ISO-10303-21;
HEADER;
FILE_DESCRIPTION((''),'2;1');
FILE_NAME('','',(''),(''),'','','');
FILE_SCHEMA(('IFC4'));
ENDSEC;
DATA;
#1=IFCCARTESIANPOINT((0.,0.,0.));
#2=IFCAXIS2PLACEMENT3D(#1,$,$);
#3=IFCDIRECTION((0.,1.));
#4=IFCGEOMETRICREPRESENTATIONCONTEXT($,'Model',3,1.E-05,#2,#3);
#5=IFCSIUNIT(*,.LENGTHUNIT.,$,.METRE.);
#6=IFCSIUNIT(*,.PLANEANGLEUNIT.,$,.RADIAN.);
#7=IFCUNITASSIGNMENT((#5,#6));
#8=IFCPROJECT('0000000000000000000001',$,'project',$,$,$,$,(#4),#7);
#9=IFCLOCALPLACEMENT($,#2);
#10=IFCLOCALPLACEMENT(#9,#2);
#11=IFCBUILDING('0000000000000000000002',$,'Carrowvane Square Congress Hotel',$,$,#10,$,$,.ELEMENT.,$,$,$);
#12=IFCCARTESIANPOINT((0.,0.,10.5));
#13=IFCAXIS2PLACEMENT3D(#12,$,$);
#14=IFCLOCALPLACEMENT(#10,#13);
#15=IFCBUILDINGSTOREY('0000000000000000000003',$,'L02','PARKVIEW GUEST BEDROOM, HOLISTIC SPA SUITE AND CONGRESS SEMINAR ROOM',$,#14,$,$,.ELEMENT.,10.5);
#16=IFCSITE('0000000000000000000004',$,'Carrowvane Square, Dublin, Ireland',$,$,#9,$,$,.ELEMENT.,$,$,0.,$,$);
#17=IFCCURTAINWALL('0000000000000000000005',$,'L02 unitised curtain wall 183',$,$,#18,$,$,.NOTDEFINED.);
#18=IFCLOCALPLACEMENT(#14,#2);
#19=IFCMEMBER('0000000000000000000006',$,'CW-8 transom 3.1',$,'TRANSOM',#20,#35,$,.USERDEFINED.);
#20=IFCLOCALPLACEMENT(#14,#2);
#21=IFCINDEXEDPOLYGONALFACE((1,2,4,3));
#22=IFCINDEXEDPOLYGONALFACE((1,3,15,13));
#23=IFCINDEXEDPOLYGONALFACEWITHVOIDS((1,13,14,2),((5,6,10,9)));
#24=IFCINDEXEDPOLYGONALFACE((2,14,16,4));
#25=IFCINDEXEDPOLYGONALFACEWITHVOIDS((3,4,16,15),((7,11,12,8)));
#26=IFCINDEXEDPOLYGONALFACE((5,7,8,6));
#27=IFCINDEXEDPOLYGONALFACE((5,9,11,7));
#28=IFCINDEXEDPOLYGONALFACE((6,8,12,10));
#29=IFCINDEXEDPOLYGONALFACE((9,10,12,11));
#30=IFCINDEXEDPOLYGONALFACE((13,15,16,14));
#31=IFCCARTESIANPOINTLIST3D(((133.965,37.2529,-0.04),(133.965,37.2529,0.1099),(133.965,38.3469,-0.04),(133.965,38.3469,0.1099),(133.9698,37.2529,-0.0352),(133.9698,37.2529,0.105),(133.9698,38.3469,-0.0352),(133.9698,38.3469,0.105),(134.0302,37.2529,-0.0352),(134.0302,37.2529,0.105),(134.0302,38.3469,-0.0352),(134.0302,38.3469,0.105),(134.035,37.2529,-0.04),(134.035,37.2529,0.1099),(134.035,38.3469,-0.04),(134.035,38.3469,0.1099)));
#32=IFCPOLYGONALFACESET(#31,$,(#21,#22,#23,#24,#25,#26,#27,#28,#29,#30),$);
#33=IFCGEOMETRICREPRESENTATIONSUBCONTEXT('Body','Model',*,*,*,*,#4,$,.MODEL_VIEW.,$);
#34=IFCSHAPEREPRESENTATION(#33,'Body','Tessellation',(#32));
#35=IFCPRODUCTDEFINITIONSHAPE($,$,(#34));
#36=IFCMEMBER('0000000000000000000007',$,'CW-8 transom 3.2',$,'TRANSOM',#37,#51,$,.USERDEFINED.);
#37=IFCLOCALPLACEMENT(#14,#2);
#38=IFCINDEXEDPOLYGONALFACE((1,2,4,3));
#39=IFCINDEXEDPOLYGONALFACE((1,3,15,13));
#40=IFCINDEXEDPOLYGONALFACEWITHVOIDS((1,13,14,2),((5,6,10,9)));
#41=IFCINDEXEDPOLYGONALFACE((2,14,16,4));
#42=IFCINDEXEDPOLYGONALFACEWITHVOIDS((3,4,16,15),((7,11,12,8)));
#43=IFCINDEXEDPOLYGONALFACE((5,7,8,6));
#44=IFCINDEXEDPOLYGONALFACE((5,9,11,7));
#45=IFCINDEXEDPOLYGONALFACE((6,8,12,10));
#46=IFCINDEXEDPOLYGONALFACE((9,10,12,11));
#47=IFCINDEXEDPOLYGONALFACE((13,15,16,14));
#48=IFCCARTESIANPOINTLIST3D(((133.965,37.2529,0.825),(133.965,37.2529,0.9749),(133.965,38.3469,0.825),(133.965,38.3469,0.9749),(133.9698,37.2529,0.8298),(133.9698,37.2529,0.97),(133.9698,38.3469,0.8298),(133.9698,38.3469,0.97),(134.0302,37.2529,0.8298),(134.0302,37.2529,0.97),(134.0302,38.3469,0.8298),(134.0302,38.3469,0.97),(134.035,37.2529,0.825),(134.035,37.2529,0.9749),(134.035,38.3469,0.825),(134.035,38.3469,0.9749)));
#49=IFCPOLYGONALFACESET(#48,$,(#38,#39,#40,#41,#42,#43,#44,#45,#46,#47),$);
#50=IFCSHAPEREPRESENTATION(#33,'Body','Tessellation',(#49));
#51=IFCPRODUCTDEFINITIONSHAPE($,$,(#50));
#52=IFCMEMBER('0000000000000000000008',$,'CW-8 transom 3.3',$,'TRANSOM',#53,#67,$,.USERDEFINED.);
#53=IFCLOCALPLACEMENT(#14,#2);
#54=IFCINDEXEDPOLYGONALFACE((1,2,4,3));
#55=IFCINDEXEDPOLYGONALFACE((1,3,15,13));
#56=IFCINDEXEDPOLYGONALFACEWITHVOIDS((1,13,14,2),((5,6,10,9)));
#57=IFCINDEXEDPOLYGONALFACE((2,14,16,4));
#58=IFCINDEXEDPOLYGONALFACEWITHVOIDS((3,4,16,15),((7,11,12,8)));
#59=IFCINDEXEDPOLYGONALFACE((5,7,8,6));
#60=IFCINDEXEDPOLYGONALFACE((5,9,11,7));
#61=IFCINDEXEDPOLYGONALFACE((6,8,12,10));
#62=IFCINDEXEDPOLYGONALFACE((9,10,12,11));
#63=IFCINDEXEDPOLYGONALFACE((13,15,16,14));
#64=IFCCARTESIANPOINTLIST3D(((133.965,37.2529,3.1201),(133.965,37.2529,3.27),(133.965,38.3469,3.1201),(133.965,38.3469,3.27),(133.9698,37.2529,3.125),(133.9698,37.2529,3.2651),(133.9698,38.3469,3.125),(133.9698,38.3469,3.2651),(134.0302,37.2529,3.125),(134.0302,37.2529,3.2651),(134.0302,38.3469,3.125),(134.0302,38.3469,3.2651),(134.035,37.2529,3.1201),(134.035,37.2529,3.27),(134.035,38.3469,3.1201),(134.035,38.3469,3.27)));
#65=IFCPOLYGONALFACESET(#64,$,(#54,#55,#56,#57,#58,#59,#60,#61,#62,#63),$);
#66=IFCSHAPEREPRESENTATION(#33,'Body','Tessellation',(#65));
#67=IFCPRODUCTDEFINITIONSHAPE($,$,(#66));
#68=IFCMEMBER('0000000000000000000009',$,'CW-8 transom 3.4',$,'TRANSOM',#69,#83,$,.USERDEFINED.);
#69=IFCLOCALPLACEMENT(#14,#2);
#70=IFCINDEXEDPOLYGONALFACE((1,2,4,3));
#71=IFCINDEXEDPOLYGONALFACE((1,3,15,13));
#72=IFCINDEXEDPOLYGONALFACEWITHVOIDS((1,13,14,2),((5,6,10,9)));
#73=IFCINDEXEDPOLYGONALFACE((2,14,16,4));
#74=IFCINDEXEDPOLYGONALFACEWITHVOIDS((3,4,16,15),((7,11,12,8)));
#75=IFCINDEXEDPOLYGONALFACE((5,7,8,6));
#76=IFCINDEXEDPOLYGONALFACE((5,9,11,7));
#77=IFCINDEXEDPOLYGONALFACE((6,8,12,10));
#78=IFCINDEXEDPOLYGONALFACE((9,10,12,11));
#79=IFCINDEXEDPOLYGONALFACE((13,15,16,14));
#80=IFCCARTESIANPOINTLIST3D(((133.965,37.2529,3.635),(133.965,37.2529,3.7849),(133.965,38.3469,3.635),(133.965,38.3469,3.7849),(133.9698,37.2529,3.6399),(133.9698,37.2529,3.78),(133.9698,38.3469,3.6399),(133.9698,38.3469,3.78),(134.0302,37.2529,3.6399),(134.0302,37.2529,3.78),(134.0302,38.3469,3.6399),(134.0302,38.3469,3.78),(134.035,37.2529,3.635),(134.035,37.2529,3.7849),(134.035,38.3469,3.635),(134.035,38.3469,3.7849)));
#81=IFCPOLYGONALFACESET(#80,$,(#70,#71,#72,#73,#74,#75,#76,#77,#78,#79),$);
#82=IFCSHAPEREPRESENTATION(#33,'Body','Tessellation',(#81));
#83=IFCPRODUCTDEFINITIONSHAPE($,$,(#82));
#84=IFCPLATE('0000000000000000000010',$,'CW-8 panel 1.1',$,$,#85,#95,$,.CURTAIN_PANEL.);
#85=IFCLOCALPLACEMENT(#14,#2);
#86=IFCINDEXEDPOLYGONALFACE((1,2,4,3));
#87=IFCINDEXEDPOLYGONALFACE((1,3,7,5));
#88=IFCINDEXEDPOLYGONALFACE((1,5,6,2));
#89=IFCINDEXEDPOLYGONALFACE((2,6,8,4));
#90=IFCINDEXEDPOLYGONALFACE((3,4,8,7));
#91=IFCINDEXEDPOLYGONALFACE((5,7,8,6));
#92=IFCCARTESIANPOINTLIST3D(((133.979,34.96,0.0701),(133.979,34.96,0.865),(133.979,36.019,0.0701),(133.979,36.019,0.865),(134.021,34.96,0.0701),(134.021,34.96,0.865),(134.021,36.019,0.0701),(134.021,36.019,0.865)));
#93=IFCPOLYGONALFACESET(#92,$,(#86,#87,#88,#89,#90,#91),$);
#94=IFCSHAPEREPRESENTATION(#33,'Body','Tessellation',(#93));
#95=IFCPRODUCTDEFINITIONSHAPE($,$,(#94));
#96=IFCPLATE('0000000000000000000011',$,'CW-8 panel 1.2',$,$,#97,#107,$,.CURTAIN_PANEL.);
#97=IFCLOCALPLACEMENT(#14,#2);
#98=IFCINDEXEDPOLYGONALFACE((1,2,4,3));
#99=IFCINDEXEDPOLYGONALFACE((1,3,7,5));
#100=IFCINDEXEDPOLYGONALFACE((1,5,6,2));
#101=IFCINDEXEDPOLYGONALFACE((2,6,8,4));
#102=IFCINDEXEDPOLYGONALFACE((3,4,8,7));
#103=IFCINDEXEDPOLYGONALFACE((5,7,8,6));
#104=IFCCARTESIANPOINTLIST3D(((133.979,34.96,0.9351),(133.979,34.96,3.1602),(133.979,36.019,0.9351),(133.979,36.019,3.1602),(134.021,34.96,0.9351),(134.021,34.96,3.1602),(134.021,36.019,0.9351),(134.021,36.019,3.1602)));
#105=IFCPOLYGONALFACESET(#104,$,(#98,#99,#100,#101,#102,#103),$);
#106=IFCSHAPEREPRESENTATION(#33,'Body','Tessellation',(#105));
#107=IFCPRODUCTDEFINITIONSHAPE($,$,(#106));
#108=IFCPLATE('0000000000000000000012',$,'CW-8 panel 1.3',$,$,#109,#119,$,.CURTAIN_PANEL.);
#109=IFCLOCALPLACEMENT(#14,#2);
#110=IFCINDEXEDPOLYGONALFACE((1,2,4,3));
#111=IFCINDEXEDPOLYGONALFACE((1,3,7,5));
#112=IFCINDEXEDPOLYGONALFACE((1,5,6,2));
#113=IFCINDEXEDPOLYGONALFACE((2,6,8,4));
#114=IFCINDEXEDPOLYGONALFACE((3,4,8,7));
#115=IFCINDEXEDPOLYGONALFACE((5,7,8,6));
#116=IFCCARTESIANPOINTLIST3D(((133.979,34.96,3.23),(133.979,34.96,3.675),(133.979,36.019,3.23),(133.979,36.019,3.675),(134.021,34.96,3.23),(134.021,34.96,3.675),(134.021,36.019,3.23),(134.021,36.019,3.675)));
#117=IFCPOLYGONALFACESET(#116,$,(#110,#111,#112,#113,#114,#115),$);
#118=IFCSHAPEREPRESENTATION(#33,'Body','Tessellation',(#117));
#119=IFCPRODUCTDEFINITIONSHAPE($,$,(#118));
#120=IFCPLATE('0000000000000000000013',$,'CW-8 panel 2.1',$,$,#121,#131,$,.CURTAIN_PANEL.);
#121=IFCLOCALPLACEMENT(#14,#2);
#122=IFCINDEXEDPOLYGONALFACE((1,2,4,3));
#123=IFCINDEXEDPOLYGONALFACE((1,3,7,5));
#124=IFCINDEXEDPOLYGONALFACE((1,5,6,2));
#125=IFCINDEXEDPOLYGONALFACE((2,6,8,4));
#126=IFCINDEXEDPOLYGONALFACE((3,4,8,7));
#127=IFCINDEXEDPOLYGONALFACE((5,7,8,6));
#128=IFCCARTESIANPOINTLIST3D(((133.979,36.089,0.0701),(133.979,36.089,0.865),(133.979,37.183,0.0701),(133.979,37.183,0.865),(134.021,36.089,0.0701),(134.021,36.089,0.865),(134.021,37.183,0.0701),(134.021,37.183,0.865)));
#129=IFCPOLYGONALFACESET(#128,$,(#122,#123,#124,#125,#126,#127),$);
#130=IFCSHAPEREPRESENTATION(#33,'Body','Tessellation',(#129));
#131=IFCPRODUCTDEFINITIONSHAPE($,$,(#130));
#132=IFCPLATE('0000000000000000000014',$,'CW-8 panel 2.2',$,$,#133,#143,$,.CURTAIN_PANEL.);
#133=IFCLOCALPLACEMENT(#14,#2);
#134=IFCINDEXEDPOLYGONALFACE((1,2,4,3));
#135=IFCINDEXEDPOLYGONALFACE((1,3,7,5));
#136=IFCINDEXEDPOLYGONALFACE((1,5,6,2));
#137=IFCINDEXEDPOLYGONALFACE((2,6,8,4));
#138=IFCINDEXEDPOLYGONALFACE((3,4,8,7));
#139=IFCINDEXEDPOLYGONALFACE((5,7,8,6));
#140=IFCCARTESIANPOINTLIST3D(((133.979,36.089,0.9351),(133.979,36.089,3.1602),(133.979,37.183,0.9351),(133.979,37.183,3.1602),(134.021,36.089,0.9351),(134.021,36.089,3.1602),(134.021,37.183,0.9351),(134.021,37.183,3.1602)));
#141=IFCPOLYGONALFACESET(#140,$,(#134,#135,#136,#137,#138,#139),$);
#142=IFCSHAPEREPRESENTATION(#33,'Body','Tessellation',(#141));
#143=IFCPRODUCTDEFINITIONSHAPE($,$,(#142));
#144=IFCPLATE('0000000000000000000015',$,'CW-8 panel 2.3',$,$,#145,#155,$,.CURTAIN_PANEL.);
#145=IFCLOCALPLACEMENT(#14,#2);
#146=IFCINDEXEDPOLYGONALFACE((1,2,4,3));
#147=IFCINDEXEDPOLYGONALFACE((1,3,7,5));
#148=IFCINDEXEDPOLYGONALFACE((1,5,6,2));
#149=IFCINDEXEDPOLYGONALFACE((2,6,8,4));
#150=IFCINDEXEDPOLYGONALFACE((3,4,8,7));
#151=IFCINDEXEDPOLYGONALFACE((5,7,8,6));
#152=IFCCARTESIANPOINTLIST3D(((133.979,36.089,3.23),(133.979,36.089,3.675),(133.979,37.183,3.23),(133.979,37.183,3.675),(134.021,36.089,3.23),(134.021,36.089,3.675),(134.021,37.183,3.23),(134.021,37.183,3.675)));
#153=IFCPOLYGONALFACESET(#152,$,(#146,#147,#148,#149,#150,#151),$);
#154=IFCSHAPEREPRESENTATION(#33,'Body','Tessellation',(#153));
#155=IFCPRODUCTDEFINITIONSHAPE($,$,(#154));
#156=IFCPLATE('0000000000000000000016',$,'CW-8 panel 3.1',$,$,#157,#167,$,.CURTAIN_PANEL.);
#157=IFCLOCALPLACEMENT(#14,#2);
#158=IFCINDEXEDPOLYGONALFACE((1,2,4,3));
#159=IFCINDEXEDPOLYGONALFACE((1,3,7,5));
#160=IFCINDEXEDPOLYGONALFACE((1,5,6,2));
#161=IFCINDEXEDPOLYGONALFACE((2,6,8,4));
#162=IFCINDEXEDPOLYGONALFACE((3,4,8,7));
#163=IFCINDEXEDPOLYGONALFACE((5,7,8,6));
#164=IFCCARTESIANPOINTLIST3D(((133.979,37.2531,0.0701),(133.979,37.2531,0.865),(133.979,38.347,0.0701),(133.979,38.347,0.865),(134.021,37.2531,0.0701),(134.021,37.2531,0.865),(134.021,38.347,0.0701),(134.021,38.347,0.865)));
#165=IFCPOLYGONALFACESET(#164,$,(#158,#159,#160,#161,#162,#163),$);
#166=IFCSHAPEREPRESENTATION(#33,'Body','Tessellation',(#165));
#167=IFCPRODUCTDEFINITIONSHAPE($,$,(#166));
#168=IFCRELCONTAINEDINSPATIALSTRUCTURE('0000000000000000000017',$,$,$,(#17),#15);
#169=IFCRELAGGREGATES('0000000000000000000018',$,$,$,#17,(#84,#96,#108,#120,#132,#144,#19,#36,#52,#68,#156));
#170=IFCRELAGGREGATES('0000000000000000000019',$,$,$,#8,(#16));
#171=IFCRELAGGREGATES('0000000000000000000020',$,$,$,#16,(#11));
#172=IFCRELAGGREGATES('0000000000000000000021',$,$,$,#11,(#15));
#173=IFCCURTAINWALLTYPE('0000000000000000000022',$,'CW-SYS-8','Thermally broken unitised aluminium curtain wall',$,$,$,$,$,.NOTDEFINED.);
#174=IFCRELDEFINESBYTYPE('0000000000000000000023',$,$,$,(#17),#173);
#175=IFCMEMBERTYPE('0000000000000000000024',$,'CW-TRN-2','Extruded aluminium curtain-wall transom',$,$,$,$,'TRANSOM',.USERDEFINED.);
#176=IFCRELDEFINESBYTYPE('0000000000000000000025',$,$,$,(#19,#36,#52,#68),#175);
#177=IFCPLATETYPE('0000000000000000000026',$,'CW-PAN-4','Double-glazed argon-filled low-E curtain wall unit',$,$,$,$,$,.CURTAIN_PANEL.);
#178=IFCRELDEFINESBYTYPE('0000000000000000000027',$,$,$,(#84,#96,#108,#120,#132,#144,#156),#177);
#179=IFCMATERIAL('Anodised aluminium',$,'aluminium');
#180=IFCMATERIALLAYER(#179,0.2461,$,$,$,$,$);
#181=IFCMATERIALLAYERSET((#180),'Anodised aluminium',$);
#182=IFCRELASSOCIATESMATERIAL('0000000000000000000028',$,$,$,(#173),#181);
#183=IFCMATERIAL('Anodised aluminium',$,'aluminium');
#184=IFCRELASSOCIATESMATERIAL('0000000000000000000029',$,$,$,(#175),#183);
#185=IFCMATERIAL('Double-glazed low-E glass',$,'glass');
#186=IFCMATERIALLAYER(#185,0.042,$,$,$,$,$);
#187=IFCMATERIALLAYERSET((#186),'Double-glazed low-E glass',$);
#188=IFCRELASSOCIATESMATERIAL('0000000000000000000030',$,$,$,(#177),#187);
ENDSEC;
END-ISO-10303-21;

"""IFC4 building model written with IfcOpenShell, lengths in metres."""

from ifc_helpers import new_model, si_unit, direction, frame, origin, origin_2d, place, context, subcontext, project, spatial, rectangle, hollow_rectangle, extrude, material, layer, layer_set, material_profile, profile_set, type_object, element, aggregate, save


model = new_model("IFC4")

# Units and contexts
model_context = context("Model", 3, precision=1e-05, world=origin(), true_north=direction((0.0, 1.0)))
body_context = subcontext(model_context, "Body", "Model", "MODEL_VIEW")
ifc_project = project(units=[si_unit("LENGTHUNIT", "METRE"), si_unit("PLANEANGLEUNIT", "RADIAN")], contexts=[model_context])

# Site, building, storey
site_placement = place(None, origin())
site = spatial("IfcSite", under=ifc_project, at=site_placement, Name="Carrowvane Square, Dublin, Ireland", CompositionType="ELEMENT", RefElevation=0.0)
building_placement = place(site_placement, origin())
building = spatial("IfcBuilding", under=site, at=building_placement, Name="Carrowvane Square Congress Hotel", CompositionType="ELEMENT")
storey_placement = place(building_placement, frame((0.0, 0.0, 10.5)))
storey = spatial("IfcBuildingStorey", under=building, at=storey_placement, Name="L02", Description="PARKVIEW GUEST BEDROOM, HOLISTIC SPA SUITE AND CONGRESS SEMINAR ROOM", CompositionType="ELEMENT", Elevation=10.5)

# Curtain wall, members, plates
ifc_material_1 = material(Name="Anodised aluminium", Category="aluminium")
ifc_layer_1 = layer(ifc_material_1, 0.2461)
ifc_layer_set_1 = layer_set([ifc_layer_1], Name="Anodised aluminium")
curtain_wall_type = type_object("IfcCurtainWallType", Name="CW-SYS-8", Description="Thermally broken unitised aluminium curtain wall", PredefinedType="NOTDEFINED", material=ifc_layer_set_1)
curtain_wall_placement = place(storey_placement, origin())
curtain_wall = element("IfcCurtainWall", 1, at=curtain_wall_placement, inside=storey, type_object=curtain_wall_type, Name="L02 unitised curtain wall 183", PredefinedType="NOTDEFINED")
ifc_material_2 = material(Name="Anodised aluminium", Category="aluminium")
ifc_material_profile_1 = material_profile(ifc_material_2, hollow_rectangle(XDim=0.0701, YDim=0.1499, WallThickness=0.0049, at=origin_2d()), Name="CW-TR 70x150x5")
ifc_profile_set_1 = profile_set([ifc_material_profile_1], Name="Anodised aluminium")
member_type_1 = type_object("IfcMemberType", Name="CW-TRN-2", Description="Extruded aluminium curtain-wall transom", ElementType="TRANSOM", PredefinedType="USERDEFINED", material=ifc_profile_set_1)
member_1_placement = place(storey_placement, frame((134.0, 37.2529, 0.0349), z_axis=(0.0, 1.0, 0.0), x_axis=(-1.0, 0.0, 0.0)))
member_1 = element("IfcMember", 2, at=member_1_placement, type_object=member_type_1, Name="CW-8 transom 3.1", ObjectType="TRANSOM", PredefinedType="USERDEFINED", context=body_context, shape_type="SweptSolid", body=[
    extrude(hollow_rectangle(XDim=0.0701, YDim=0.1499, WallThickness=0.0049, at=origin_2d()), origin(), (0.0, 0.0, 1.0), 1.094),
])
member_2_placement = place(storey_placement, frame((134.0, 37.2529, 0.8999), z_axis=(0.0, 1.0, 0.0), x_axis=(-1.0, 0.0, 0.0)))
member_2 = element("IfcMember", 3, at=member_2_placement, type_object=member_type_1, Name="CW-8 transom 3.2", ObjectType="TRANSOM", PredefinedType="USERDEFINED", context=body_context, shape_type="SweptSolid", body=[
    extrude(hollow_rectangle(XDim=0.0701, YDim=0.1499, WallThickness=0.0049, at=origin_2d()), origin(), (0.0, 0.0, 1.0), 1.094),
])
member_3_placement = place(storey_placement, frame((134.0, 37.2529, 3.1951), z_axis=(0.0, 1.0, 0.0), x_axis=(-1.0, 0.0, 0.0)))
member_3 = element("IfcMember", 4, at=member_3_placement, type_object=member_type_1, Name="CW-8 transom 3.3", ObjectType="TRANSOM", PredefinedType="USERDEFINED", context=body_context, shape_type="SweptSolid", body=[
    extrude(hollow_rectangle(XDim=0.0701, YDim=0.1499, WallThickness=0.0049, at=origin_2d()), origin(), (0.0, 0.0, 1.0), 1.094),
])
member_4_placement = place(storey_placement, frame((134.0, 37.2529, 3.71), z_axis=(0.0, 1.0, 0.0), x_axis=(-1.0, 0.0, 0.0)))
member_4 = element("IfcMember", 5, at=member_4_placement, type_object=member_type_1, Name="CW-8 transom 3.4", ObjectType="TRANSOM", PredefinedType="USERDEFINED", context=body_context, shape_type="SweptSolid", body=[
    extrude(hollow_rectangle(XDim=0.0701, YDim=0.1499, WallThickness=0.0049, at=origin_2d()), origin(), (0.0, 0.0, 1.0), 1.094),
])
ifc_material_3 = material(Name="Double-glazed low-E glass", Category="glass")
ifc_layer_2 = layer(ifc_material_3, 0.042)
ifc_layer_set_2 = layer_set([ifc_layer_2], Name="Double-glazed low-E glass")
plate_type = type_object("IfcPlateType", Name="CW-PAN-4", Description="Double-glazed argon-filled low-E curtain wall unit", PredefinedType="CURTAIN_PANEL", material=ifc_layer_set_2)
plate_1_placement = place(storey_placement, frame((134.0, 35.4895, 0.0701), z_axis=(0.0, 0.0, 1.0), x_axis=(0.0, 1.0, 0.0)))
plate_1 = element("IfcPlate", 6, at=plate_1_placement, type_object=plate_type, Name="CW-8 panel 1.1", PredefinedType="CURTAIN_PANEL", context=body_context, shape_type="SweptSolid", body=[
    extrude(rectangle(XDim=1.0591, YDim=0.042, at=origin_2d()), origin(), (0.0, 0.0, 1.0), 0.7949),
])
plate_2_placement = place(storey_placement, frame((134.0, 35.4895, 0.9351), z_axis=(0.0, 0.0, 1.0), x_axis=(0.0, 1.0, 0.0)))
plate_2 = element("IfcPlate", 7, at=plate_2_placement, type_object=plate_type, Name="CW-8 panel 1.2", PredefinedType="CURTAIN_PANEL", context=body_context, shape_type="SweptSolid", body=[
    extrude(rectangle(XDim=1.0591, YDim=0.042, at=origin_2d()), origin(), (0.0, 0.0, 1.0), 2.2251),
])
plate_3_placement = place(storey_placement, frame((134.0, 35.4895, 3.23), z_axis=(0.0, 0.0, 1.0), x_axis=(0.0, 1.0, 0.0)))
plate_3 = element("IfcPlate", 8, at=plate_3_placement, type_object=plate_type, Name="CW-8 panel 1.3", PredefinedType="CURTAIN_PANEL", context=body_context, shape_type="SweptSolid", body=[
    extrude(rectangle(XDim=1.0591, YDim=0.042, at=origin_2d()), origin(), (0.0, 0.0, 1.0), 0.4451),
])
plate_4_placement = place(storey_placement, frame((134.0, 36.636, 0.0701), z_axis=(0.0, 0.0, 1.0), x_axis=(0.0, 1.0, 0.0)))
plate_4 = element("IfcPlate", 9, at=plate_4_placement, type_object=plate_type, Name="CW-8 panel 2.1", PredefinedType="CURTAIN_PANEL", context=body_context, shape_type="SweptSolid", body=[
    extrude(rectangle(XDim=1.094, YDim=0.042, at=origin_2d()), origin(), (0.0, 0.0, 1.0), 0.7949),
])
plate_5_placement = place(storey_placement, frame((134.0, 36.636, 0.9351), z_axis=(0.0, 0.0, 1.0), x_axis=(0.0, 1.0, 0.0)))
plate_5 = element("IfcPlate", 10, at=plate_5_placement, type_object=plate_type, Name="CW-8 panel 2.2", PredefinedType="CURTAIN_PANEL", context=body_context, shape_type="SweptSolid", body=[
    extrude(rectangle(XDim=1.094, YDim=0.042, at=origin_2d()), origin(), (0.0, 0.0, 1.0), 2.2251),
])
plate_6_placement = place(storey_placement, frame((134.0, 36.636, 3.23), z_axis=(0.0, 0.0, 1.0), x_axis=(0.0, 1.0, 0.0)))
plate_6 = element("IfcPlate", 11, at=plate_6_placement, type_object=plate_type, Name="CW-8 panel 2.3", PredefinedType="CURTAIN_PANEL", context=body_context, shape_type="SweptSolid", body=[
    extrude(rectangle(XDim=1.094, YDim=0.042, at=origin_2d()), origin(), (0.0, 0.0, 1.0), 0.4451),
])
plate_7_placement = place(storey_placement, frame((134.0, 37.8, 0.0701), z_axis=(0.0, 0.0, 1.0), x_axis=(0.0, 1.0, 0.0)))
plate_7 = element("IfcPlate", 12, at=plate_7_placement, type_object=plate_type, Name="CW-8 panel 3.1", PredefinedType="CURTAIN_PANEL", context=body_context, shape_type="SweptSolid", body=[
    extrude(rectangle(XDim=1.094, YDim=0.042, at=origin_2d()), origin(), (0.0, 0.0, 1.0), 0.7949),
])
aggregate(curtain_wall, [plate_1, plate_2, plate_3, plate_4, plate_5, plate_6, member_1, member_2, member_3, member_4, plate_7])

save(model, "model.ifc")
